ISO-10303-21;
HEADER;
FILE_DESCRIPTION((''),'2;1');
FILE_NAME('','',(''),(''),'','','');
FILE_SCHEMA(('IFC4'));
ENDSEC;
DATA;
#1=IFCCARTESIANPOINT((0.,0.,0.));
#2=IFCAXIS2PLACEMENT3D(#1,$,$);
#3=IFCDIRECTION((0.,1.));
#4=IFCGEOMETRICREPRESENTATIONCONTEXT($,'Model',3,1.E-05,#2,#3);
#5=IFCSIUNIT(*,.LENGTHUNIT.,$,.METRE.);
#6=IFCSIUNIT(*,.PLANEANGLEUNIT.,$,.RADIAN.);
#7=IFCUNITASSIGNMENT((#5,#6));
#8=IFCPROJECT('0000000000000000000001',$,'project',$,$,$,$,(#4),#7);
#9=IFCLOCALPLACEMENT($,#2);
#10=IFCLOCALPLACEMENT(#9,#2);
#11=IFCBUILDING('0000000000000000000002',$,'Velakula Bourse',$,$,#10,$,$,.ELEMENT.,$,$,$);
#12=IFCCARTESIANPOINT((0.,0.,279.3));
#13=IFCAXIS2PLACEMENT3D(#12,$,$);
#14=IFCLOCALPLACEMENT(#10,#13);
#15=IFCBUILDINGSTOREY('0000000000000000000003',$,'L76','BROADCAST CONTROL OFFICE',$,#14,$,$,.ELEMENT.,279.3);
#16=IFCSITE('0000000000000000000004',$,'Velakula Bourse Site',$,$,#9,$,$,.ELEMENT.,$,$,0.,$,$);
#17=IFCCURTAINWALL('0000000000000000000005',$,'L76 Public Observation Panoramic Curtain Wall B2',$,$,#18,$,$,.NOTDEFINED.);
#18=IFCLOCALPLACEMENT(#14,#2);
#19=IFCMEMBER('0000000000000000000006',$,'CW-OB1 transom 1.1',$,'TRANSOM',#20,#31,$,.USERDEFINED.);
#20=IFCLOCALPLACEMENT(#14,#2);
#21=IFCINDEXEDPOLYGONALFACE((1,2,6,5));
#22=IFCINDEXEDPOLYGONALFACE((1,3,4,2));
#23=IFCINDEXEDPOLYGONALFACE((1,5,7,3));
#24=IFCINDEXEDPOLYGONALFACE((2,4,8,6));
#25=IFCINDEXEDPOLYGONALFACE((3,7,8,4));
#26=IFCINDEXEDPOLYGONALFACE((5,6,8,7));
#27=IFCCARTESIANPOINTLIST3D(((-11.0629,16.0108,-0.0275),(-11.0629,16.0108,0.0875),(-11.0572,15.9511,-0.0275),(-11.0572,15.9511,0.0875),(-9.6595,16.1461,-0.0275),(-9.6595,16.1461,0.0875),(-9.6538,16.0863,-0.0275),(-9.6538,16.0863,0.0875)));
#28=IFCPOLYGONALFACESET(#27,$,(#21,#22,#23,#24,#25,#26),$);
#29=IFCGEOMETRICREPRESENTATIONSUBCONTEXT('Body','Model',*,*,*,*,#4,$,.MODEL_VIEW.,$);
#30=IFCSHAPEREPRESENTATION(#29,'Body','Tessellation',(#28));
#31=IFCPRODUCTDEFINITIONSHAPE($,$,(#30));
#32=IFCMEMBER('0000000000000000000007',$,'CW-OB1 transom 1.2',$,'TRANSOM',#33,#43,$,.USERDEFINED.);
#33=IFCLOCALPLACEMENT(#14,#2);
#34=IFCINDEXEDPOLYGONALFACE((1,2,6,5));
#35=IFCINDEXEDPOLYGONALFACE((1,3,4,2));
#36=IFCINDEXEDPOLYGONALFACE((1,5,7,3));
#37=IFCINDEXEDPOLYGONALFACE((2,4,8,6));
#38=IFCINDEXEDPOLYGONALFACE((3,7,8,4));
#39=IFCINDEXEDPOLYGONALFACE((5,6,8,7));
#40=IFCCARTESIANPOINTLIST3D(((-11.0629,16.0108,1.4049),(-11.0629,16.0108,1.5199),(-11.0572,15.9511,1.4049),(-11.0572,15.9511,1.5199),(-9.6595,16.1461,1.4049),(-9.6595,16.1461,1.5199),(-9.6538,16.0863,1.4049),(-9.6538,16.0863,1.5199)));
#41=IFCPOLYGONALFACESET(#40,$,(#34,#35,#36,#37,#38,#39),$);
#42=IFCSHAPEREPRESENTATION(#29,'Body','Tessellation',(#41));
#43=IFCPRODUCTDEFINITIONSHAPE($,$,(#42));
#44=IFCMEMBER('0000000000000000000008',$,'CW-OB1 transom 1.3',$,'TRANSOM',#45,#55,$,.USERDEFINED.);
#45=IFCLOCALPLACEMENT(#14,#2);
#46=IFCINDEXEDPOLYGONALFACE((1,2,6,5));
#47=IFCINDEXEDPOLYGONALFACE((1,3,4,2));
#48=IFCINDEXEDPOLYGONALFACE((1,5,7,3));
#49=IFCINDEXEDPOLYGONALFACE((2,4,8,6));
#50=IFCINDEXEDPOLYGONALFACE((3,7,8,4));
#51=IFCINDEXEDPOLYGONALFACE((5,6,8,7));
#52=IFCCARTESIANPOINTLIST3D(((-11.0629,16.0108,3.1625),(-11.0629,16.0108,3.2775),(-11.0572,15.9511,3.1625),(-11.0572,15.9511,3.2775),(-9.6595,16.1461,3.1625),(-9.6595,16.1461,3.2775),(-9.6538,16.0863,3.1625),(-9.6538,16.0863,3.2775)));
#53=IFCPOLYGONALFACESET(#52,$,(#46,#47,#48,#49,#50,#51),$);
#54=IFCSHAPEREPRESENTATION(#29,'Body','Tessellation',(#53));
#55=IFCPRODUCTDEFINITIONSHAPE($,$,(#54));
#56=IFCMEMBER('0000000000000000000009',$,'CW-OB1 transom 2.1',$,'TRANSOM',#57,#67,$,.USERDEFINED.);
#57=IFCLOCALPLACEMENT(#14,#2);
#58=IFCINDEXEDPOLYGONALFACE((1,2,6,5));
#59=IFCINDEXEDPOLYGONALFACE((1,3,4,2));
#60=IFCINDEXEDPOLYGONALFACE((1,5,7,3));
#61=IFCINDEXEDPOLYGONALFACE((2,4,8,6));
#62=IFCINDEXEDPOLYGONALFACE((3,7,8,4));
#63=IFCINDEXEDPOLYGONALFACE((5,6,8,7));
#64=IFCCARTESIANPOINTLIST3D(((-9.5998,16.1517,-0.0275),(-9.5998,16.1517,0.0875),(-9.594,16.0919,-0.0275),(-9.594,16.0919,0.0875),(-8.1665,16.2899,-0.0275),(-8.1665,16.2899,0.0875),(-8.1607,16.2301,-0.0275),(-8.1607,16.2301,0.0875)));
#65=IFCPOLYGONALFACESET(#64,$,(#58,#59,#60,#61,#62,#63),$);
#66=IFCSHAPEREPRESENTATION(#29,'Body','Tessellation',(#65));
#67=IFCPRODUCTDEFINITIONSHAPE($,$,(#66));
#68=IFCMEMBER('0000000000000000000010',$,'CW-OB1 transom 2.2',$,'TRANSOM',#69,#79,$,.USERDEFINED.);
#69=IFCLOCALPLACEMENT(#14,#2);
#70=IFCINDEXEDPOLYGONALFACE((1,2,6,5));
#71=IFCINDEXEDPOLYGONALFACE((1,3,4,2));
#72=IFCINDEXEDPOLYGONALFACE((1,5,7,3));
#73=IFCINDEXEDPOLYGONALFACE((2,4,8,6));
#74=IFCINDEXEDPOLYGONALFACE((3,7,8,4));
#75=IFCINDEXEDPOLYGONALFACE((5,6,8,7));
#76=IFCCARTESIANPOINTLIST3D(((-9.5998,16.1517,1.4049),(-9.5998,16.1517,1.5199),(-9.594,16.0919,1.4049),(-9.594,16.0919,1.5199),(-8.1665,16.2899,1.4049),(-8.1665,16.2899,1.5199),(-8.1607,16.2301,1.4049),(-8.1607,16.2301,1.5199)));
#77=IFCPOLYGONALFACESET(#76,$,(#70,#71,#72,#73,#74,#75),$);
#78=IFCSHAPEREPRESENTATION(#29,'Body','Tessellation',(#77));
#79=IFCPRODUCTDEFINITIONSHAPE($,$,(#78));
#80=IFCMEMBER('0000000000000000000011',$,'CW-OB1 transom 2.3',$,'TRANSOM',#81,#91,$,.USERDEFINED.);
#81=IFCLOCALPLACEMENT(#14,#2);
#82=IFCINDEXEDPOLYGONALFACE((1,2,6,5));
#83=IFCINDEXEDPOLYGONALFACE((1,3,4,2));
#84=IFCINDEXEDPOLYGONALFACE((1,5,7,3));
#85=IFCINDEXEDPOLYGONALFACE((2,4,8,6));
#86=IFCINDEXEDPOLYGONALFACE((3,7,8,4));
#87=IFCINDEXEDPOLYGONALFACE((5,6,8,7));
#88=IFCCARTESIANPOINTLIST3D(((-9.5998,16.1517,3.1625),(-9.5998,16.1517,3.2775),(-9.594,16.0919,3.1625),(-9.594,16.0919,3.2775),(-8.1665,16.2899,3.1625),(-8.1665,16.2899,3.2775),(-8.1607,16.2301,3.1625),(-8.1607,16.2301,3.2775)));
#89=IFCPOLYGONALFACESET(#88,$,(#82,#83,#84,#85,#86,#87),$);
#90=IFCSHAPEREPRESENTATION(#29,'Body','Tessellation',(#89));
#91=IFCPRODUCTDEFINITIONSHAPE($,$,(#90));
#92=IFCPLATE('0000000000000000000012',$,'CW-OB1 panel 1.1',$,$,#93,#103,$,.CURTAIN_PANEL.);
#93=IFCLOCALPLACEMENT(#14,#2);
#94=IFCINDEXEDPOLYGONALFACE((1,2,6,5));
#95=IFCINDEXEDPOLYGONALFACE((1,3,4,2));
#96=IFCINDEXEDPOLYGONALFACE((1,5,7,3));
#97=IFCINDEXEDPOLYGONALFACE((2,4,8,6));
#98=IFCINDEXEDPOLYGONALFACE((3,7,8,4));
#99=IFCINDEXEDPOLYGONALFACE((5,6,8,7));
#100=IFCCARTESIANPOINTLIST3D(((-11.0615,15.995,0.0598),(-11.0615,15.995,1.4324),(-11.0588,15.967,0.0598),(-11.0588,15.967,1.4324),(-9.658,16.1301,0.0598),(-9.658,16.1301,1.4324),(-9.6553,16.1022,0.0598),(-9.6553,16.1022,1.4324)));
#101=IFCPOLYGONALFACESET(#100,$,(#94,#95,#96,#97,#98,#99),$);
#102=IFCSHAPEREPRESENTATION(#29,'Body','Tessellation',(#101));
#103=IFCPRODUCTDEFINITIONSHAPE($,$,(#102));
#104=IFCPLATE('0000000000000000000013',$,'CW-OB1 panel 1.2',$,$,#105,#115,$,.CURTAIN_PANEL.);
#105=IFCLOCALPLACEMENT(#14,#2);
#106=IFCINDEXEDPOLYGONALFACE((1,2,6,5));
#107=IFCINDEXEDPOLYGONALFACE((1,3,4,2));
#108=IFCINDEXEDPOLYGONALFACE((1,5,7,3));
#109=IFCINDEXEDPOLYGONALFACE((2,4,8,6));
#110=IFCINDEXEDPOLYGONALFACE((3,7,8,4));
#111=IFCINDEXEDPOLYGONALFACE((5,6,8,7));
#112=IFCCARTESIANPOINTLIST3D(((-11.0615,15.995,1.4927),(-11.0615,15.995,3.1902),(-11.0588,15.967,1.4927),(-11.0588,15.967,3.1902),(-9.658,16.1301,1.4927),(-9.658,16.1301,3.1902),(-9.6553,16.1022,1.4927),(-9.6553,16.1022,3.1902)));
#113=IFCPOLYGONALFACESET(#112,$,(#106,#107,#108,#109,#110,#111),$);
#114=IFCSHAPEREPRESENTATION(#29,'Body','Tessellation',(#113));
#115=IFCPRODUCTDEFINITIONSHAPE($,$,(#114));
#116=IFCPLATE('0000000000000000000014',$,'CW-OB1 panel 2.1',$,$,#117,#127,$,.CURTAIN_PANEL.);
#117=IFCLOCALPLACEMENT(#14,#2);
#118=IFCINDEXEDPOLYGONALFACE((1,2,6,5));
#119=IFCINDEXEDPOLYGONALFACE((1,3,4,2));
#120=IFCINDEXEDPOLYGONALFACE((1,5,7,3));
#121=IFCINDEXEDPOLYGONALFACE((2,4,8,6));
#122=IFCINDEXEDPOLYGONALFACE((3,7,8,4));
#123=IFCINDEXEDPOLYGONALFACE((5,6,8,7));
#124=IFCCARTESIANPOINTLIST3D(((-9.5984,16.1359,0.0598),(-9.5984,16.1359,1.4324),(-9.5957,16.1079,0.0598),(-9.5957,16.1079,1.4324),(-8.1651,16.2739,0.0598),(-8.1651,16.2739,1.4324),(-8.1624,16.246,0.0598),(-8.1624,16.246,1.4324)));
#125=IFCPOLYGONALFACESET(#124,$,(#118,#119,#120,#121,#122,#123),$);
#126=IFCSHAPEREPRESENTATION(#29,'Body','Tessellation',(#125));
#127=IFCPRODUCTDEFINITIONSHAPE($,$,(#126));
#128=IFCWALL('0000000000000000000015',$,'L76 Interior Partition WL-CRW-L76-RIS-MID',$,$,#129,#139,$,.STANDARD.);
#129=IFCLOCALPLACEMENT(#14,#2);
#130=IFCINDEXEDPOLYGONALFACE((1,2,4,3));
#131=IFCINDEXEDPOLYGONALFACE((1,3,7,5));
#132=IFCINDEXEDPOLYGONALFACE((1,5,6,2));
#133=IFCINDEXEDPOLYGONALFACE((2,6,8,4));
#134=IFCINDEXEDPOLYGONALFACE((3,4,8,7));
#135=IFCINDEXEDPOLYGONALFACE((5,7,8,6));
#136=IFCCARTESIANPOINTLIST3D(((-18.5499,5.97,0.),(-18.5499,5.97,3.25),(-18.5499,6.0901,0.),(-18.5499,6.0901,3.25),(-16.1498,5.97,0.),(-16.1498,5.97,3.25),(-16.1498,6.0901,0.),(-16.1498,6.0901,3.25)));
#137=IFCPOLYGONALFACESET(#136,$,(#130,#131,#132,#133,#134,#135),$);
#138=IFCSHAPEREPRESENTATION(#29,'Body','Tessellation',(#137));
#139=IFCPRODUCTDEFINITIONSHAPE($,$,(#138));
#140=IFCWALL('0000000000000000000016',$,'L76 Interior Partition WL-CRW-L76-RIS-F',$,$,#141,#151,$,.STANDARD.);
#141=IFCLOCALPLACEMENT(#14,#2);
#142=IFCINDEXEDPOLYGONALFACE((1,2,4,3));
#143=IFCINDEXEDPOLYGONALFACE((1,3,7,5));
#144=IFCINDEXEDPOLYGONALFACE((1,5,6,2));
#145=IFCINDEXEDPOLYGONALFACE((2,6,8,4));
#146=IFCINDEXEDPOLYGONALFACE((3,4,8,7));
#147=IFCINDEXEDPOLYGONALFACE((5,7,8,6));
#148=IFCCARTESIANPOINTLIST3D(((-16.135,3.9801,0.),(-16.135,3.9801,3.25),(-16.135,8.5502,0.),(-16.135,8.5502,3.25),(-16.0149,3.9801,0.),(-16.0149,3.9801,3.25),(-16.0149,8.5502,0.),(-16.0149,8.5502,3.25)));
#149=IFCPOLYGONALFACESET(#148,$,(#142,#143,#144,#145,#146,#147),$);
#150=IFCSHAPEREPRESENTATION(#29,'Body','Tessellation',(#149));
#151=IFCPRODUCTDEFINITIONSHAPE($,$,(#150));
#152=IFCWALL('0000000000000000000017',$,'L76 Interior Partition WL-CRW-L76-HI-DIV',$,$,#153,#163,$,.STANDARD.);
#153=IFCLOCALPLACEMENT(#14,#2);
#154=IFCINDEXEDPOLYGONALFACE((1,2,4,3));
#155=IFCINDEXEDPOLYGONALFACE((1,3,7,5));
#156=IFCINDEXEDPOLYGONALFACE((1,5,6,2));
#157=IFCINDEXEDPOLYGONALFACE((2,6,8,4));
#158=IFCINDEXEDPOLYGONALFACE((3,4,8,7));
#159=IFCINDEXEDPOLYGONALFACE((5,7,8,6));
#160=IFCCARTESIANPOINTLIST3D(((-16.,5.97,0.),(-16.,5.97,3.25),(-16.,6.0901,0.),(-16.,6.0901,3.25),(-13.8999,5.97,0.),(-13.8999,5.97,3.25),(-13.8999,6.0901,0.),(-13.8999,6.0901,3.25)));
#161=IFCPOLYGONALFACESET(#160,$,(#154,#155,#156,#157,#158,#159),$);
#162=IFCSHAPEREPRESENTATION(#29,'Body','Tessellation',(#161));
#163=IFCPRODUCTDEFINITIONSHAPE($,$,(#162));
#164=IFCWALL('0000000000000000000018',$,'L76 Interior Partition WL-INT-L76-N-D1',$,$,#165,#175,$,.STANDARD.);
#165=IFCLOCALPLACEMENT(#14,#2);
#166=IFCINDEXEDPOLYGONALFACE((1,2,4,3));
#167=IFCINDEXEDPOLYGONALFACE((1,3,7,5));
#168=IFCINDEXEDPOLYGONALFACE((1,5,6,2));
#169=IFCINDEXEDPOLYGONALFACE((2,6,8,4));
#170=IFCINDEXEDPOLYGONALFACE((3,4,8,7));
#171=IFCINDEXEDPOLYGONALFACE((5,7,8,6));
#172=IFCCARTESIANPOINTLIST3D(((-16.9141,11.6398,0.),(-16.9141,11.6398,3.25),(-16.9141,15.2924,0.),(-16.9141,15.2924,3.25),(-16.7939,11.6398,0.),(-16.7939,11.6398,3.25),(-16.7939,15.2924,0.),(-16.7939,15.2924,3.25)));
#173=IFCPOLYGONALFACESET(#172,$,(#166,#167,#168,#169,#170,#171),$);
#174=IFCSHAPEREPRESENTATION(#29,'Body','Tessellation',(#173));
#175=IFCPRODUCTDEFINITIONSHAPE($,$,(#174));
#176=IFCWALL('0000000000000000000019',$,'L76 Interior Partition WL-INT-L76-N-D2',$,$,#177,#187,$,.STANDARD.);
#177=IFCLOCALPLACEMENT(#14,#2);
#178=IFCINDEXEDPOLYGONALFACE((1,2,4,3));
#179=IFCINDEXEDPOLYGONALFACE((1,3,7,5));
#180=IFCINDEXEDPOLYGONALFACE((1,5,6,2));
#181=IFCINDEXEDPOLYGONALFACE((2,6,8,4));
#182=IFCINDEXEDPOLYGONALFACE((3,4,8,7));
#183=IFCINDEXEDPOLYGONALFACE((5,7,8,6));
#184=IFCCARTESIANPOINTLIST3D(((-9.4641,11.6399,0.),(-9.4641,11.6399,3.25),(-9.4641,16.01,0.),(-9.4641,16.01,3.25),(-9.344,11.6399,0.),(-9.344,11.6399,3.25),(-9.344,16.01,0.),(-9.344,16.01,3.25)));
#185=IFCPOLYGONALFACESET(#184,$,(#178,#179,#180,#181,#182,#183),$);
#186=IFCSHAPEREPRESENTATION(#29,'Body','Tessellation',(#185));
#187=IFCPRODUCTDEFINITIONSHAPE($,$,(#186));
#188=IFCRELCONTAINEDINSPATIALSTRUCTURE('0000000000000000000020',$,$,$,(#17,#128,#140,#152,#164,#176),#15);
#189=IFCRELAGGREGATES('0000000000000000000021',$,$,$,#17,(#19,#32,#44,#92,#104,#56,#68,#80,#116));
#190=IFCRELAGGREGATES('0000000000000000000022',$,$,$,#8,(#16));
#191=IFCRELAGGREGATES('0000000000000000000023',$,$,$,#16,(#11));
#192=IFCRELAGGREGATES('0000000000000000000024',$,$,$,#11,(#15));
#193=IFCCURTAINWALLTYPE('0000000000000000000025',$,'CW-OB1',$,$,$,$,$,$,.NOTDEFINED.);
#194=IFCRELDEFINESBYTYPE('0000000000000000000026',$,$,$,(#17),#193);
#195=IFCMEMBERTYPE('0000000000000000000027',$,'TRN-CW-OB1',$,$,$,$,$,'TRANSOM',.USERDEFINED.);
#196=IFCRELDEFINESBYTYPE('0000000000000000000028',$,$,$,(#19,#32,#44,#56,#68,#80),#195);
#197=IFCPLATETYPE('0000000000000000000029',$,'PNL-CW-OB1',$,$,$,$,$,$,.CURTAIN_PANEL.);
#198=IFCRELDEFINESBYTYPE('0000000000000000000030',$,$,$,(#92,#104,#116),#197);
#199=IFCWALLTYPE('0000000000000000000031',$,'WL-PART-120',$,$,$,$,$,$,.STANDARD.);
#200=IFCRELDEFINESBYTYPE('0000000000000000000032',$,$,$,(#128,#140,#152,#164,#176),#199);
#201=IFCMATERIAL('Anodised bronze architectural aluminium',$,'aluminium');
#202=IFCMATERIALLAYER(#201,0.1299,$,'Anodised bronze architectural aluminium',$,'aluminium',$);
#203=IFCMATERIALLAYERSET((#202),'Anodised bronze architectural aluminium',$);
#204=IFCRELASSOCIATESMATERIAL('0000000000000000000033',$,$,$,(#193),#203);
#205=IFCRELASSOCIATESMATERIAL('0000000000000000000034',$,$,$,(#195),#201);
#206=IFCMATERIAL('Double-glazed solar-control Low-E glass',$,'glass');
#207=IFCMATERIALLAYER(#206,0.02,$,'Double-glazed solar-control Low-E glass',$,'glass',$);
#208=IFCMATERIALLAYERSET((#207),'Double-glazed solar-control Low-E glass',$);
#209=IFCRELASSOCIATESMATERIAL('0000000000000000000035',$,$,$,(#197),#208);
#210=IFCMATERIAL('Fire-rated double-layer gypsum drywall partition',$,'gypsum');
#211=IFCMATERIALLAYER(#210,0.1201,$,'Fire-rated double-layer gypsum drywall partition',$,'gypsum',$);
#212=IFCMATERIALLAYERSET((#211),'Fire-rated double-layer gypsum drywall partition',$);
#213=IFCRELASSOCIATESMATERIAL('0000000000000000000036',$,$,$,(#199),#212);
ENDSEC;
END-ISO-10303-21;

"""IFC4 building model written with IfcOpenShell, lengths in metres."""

from ifc_helpers import new_model, si_unit, direction, frame, frame_2d, origin, origin_2d, place, context, subcontext, project, spatial, rectangle, extrude, material, layer, layer_set, material_profile, profile_set, type_object, element, aggregate, save


model = new_model("IFC4")

# Units and contexts
model_context = context("Model", 3, precision=1e-05, world=origin(), true_north=direction((0.0, 1.0)))
body_context = subcontext(model_context, "Body", "Model", "MODEL_VIEW")
ifc_project = project(units=[si_unit("LENGTHUNIT", "METRE"), si_unit("PLANEANGLEUNIT", "RADIAN")], contexts=[model_context])

# Site, building, storey
site_placement = place(None, origin())
site = spatial("IfcSite", under=ifc_project, at=site_placement, Name="Velakula Bourse Site", CompositionType="ELEMENT", RefElevation=0.0)
building_placement = place(site_placement, origin())
building = spatial("IfcBuilding", under=site, at=building_placement, Name="Velakula Bourse", CompositionType="ELEMENT")
storey_placement = place(building_placement, frame((0.0, 0.0, 279.3)))
storey = spatial("IfcBuildingStorey", under=building, at=storey_placement, Name="L76", Description="BROADCAST CONTROL OFFICE", CompositionType="ELEMENT", Elevation=279.3)

# Curtain wall
ifc_material_1 = material(Name="Anodised bronze architectural aluminium", Category="aluminium")
ifc_layer_1 = layer(ifc_material_1, 0.1299, Name="Anodised bronze architectural aluminium", Category="aluminium")
ifc_layer_set_1 = layer_set([ifc_layer_1], Name="Anodised bronze architectural aluminium")
curtain_wall_type = type_object("IfcCurtainWallType", Name="CW-OB1", PredefinedType="NOTDEFINED", material=ifc_layer_set_1)
curtain_wall_placement = place(storey_placement, origin())
curtain_wall = element("IfcCurtainWall", 1, at=curtain_wall_placement, inside=storey, type_object=curtain_wall_type, Name="L76 Public Observation Panoramic Curtain Wall B2", PredefinedType="NOTDEFINED")

# Members
ifc_material_profile_1 = material_profile(ifc_material_1, rectangle(XDim=0.0601, YDim=0.115, at=origin_2d()), Name="Anodised bronze architectural aluminium")
ifc_profile_set_1 = profile_set([ifc_material_profile_1], Name="Anodised bronze architectural aluminium")
member_type_1 = type_object("IfcMemberType", Name="TRN-CW-OB1", ElementType="TRANSOM", PredefinedType="USERDEFINED", material=ifc_profile_set_1)
member_1_placement = place(storey_placement, frame((-11.0601, 15.981, 0.03), z_axis=(0.995387, 0.095937, 0.0), x_axis=(-0.095937, 0.995387, 0.0)))
member_1 = element("IfcMember", 2, at=member_1_placement, type_object=member_type_1, Name="CW-OB1 transom 1.1", ObjectType="TRANSOM", PredefinedType="USERDEFINED", context=body_context, shape_type="SweptSolid", body=[
    extrude(rectangle(XDim=0.0601, YDim=0.115, at=origin_2d()), origin(), (0.0, 0.0, 1.0), 1.4099),
])
member_2_placement = place(storey_placement, frame((-11.0601, 15.981, 1.4624), z_axis=(0.995387, 0.095937, 0.0), x_axis=(-0.095937, 0.995387, 0.0)))
member_2 = element("IfcMember", 3, at=member_2_placement, type_object=member_type_1, Name="CW-OB1 transom 1.2", ObjectType="TRANSOM", PredefinedType="USERDEFINED", context=body_context, shape_type="SweptSolid", body=[
    extrude(rectangle(XDim=0.0601, YDim=0.115, at=origin_2d()), origin(), (0.0, 0.0, 1.0), 1.4099),
])
member_3_placement = place(storey_placement, frame((-11.0601, 15.981, 3.22), z_axis=(0.995387, 0.095937, 0.0), x_axis=(-0.095937, 0.995387, 0.0)))
member_3 = element("IfcMember", 4, at=member_3_placement, type_object=member_type_1, Name="CW-OB1 transom 1.3", ObjectType="TRANSOM", PredefinedType="USERDEFINED", context=body_context, shape_type="SweptSolid", body=[
    extrude(rectangle(XDim=0.0601, YDim=0.115, at=origin_2d()), origin(), (0.0, 0.0, 1.0), 1.4099),
])
member_4_placement = place(storey_placement, frame((-9.5969, 16.1218, 0.03), z_axis=(0.995385, 0.095961, 0.0), x_axis=(-0.095961, 0.995385, 0.0)))
member_4 = element("IfcMember", 5, at=member_4_placement, type_object=member_type_1, Name="CW-OB1 transom 2.1", ObjectType="TRANSOM", PredefinedType="USERDEFINED", context=body_context, shape_type="SweptSolid", body=[
    extrude(rectangle(XDim=0.0601, YDim=0.115, at=origin_2d()), origin(), (0.0, 0.0, 1.0), 1.4399),
])
member_5_placement = place(storey_placement, frame((-9.5969, 16.1218, 1.4624), z_axis=(0.995385, 0.095961, 0.0), x_axis=(-0.095961, 0.995385, 0.0)))
member_5 = element("IfcMember", 6, at=member_5_placement, type_object=member_type_1, Name="CW-OB1 transom 2.2", ObjectType="TRANSOM", PredefinedType="USERDEFINED", context=body_context, shape_type="SweptSolid", body=[
    extrude(rectangle(XDim=0.0601, YDim=0.115, at=origin_2d()), origin(), (0.0, 0.0, 1.0), 1.4399),
])
member_6_placement = place(storey_placement, frame((-9.5969, 16.1218, 3.22), z_axis=(0.995385, 0.095961, 0.0), x_axis=(-0.095961, 0.995385, 0.0)))
member_6 = element("IfcMember", 7, at=member_6_placement, type_object=member_type_1, Name="CW-OB1 transom 2.3", ObjectType="TRANSOM", PredefinedType="USERDEFINED", context=body_context, shape_type="SweptSolid", body=[
    extrude(rectangle(XDim=0.0601, YDim=0.115, at=origin_2d()), origin(), (0.0, 0.0, 1.0), 1.4399),
])

# Plates
ifc_material_2 = material(Name="Double-glazed solar-control Low-E glass", Category="glass")
ifc_layer_2 = layer(ifc_material_2, 0.02, Name="Double-glazed solar-control Low-E glass", Category="glass")
ifc_layer_set_2 = layer_set([ifc_layer_2], Name="Double-glazed solar-control Low-E glass")
plate_type = type_object("IfcPlateType", Name="PNL-CW-OB1", PredefinedType="CURTAIN_PANEL", material=ifc_layer_set_2)
plate_1_placement = place(storey_placement, frame((-10.3584, 16.0486, 0.0598), z_axis=(0.0, 0.0, 1.0), x_axis=(0.995396, 0.095845, 0.0)))
plate_1 = element("IfcPlate", 8, at=plate_1_placement, type_object=plate_type, Name="CW-OB1 panel 1.1", PredefinedType="CURTAIN_PANEL", context=body_context, shape_type="SweptSolid", body=[
    extrude(rectangle(XDim=1.4099, YDim=0.0281, at=origin_2d()), origin(), (0.0, 0.0, 1.0), 1.3726),
])
plate_2_placement = place(storey_placement, frame((-10.3584, 16.0486, 1.4927), z_axis=(0.0, 0.0, 1.0), x_axis=(0.995396, 0.095845, 0.0)))
plate_2 = element("IfcPlate", 9, at=plate_2_placement, type_object=plate_type, Name="CW-OB1 panel 1.2", PredefinedType="CURTAIN_PANEL", context=body_context, shape_type="SweptSolid", body=[
    extrude(rectangle(XDim=1.4099, YDim=0.0281, at=origin_2d()), origin(), (0.0, 0.0, 1.0), 1.6975),
])
plate_3_placement = place(storey_placement, frame((-8.8804, 16.1909, 0.0598), z_axis=(0.0, 0.0, 1.0), x_axis=(0.995396, 0.095845, 0.0)))
plate_3 = element("IfcPlate", 10, at=plate_3_placement, type_object=plate_type, Name="CW-OB1 panel 2.1", PredefinedType="CURTAIN_PANEL", context=body_context, shape_type="SweptSolid", body=[
    extrude(rectangle(XDim=1.4399, YDim=0.0281, at=origin_2d()), origin(), (0.0, 0.0, 1.0), 1.3726),
])
aggregate(curtain_wall, [member_1, member_2, member_3, plate_1, plate_2, member_4, member_5, member_6, plate_3])

# Walls
ifc_material_3 = material(Name="Fire-rated double-layer gypsum drywall partition", Category="gypsum")
ifc_layer_3 = layer(ifc_material_3, 0.1201, Name="Fire-rated double-layer gypsum drywall partition", Category="gypsum")
ifc_layer_set_3 = layer_set([ifc_layer_3], Name="Fire-rated double-layer gypsum drywall partition")
wall_type = type_object("IfcWallType", Name="WL-PART-120", PredefinedType="STANDARD", material=ifc_layer_set_3)
wall_1_placement = place(storey_placement, frame((-18.55, 6.03, 0.0), z_axis=(0.0, 0.0, 1.0), x_axis=(1.0, 0.0, 0.0)))
element("IfcWall", 11, at=wall_1_placement, inside=storey, type_object=wall_type, Name="L76 Interior Partition WL-CRW-L76-RIS-MID", PredefinedType="STANDARD", context=body_context, shape_type="SweptSolid", body=[
    extrude(rectangle(XDim=2.4001, YDim=0.1201, at=frame_2d((1.2002, 0.0))), origin(), (0.0, 0.0, 1.0), 3.25),
])
wall_2_placement = place(storey_placement, frame((-16.075, 3.98, 0.0), z_axis=(0.0, 0.0, 1.0), x_axis=(0.0, 1.0, 0.0)))
element("IfcWall", 12, at=wall_2_placement, inside=storey, type_object=wall_type, Name="L76 Interior Partition WL-CRW-L76-RIS-F", PredefinedType="STANDARD", context=body_context, shape_type="SweptSolid", body=[
    extrude(rectangle(XDim=4.5701, YDim=0.1201, at=frame_2d((2.2852, 0.0))), origin(), (0.0, 0.0, 1.0), 3.25),
])
wall_3_placement = place(storey_placement, frame((-16.0, 6.03, 0.0), z_axis=(0.0, 0.0, 1.0), x_axis=(1.0, 0.0, 0.0)))
element("IfcWall", 13, at=wall_3_placement, inside=storey, type_object=wall_type, Name="L76 Interior Partition WL-CRW-L76-HI-DIV", PredefinedType="STANDARD", context=body_context, shape_type="SweptSolid", body=[
    extrude(rectangle(XDim=2.1001, YDim=0.1201, at=frame_2d((1.05, 0.0))), origin(), (0.0, 0.0, 1.0), 3.25),
])
wall_4_placement = place(storey_placement, frame((-16.854, 11.6399, 0.0), z_axis=(0.0, 0.0, 1.0), x_axis=(0.0, 1.0, 0.0)))
element("IfcWall", 14, at=wall_4_placement, inside=storey, type_object=wall_type, Name="L76 Interior Partition WL-INT-L76-N-D1", PredefinedType="STANDARD", context=body_context, shape_type="SweptSolid", body=[
    extrude(rectangle(XDim=3.6526, YDim=0.1201, at=frame_2d((1.8262, 0.0))), origin(), (0.0, 0.0, 1.0), 3.25),
])
wall_5_placement = place(storey_placement, frame((-9.4041, 11.6399, 0.0), z_axis=(0.0, 0.0, 1.0), x_axis=(0.0, 1.0, 0.0)))
element("IfcWall", 15, at=wall_5_placement, inside=storey, type_object=wall_type, Name="L76 Interior Partition WL-INT-L76-N-D2", PredefinedType="STANDARD", context=body_context, shape_type="SweptSolid", body=[
    extrude(rectangle(XDim=4.3701, YDim=0.1201, at=frame_2d((2.1851, 0.0))), origin(), (0.0, 0.0, 1.0), 3.25),
])

save(model, "model.ifc")
